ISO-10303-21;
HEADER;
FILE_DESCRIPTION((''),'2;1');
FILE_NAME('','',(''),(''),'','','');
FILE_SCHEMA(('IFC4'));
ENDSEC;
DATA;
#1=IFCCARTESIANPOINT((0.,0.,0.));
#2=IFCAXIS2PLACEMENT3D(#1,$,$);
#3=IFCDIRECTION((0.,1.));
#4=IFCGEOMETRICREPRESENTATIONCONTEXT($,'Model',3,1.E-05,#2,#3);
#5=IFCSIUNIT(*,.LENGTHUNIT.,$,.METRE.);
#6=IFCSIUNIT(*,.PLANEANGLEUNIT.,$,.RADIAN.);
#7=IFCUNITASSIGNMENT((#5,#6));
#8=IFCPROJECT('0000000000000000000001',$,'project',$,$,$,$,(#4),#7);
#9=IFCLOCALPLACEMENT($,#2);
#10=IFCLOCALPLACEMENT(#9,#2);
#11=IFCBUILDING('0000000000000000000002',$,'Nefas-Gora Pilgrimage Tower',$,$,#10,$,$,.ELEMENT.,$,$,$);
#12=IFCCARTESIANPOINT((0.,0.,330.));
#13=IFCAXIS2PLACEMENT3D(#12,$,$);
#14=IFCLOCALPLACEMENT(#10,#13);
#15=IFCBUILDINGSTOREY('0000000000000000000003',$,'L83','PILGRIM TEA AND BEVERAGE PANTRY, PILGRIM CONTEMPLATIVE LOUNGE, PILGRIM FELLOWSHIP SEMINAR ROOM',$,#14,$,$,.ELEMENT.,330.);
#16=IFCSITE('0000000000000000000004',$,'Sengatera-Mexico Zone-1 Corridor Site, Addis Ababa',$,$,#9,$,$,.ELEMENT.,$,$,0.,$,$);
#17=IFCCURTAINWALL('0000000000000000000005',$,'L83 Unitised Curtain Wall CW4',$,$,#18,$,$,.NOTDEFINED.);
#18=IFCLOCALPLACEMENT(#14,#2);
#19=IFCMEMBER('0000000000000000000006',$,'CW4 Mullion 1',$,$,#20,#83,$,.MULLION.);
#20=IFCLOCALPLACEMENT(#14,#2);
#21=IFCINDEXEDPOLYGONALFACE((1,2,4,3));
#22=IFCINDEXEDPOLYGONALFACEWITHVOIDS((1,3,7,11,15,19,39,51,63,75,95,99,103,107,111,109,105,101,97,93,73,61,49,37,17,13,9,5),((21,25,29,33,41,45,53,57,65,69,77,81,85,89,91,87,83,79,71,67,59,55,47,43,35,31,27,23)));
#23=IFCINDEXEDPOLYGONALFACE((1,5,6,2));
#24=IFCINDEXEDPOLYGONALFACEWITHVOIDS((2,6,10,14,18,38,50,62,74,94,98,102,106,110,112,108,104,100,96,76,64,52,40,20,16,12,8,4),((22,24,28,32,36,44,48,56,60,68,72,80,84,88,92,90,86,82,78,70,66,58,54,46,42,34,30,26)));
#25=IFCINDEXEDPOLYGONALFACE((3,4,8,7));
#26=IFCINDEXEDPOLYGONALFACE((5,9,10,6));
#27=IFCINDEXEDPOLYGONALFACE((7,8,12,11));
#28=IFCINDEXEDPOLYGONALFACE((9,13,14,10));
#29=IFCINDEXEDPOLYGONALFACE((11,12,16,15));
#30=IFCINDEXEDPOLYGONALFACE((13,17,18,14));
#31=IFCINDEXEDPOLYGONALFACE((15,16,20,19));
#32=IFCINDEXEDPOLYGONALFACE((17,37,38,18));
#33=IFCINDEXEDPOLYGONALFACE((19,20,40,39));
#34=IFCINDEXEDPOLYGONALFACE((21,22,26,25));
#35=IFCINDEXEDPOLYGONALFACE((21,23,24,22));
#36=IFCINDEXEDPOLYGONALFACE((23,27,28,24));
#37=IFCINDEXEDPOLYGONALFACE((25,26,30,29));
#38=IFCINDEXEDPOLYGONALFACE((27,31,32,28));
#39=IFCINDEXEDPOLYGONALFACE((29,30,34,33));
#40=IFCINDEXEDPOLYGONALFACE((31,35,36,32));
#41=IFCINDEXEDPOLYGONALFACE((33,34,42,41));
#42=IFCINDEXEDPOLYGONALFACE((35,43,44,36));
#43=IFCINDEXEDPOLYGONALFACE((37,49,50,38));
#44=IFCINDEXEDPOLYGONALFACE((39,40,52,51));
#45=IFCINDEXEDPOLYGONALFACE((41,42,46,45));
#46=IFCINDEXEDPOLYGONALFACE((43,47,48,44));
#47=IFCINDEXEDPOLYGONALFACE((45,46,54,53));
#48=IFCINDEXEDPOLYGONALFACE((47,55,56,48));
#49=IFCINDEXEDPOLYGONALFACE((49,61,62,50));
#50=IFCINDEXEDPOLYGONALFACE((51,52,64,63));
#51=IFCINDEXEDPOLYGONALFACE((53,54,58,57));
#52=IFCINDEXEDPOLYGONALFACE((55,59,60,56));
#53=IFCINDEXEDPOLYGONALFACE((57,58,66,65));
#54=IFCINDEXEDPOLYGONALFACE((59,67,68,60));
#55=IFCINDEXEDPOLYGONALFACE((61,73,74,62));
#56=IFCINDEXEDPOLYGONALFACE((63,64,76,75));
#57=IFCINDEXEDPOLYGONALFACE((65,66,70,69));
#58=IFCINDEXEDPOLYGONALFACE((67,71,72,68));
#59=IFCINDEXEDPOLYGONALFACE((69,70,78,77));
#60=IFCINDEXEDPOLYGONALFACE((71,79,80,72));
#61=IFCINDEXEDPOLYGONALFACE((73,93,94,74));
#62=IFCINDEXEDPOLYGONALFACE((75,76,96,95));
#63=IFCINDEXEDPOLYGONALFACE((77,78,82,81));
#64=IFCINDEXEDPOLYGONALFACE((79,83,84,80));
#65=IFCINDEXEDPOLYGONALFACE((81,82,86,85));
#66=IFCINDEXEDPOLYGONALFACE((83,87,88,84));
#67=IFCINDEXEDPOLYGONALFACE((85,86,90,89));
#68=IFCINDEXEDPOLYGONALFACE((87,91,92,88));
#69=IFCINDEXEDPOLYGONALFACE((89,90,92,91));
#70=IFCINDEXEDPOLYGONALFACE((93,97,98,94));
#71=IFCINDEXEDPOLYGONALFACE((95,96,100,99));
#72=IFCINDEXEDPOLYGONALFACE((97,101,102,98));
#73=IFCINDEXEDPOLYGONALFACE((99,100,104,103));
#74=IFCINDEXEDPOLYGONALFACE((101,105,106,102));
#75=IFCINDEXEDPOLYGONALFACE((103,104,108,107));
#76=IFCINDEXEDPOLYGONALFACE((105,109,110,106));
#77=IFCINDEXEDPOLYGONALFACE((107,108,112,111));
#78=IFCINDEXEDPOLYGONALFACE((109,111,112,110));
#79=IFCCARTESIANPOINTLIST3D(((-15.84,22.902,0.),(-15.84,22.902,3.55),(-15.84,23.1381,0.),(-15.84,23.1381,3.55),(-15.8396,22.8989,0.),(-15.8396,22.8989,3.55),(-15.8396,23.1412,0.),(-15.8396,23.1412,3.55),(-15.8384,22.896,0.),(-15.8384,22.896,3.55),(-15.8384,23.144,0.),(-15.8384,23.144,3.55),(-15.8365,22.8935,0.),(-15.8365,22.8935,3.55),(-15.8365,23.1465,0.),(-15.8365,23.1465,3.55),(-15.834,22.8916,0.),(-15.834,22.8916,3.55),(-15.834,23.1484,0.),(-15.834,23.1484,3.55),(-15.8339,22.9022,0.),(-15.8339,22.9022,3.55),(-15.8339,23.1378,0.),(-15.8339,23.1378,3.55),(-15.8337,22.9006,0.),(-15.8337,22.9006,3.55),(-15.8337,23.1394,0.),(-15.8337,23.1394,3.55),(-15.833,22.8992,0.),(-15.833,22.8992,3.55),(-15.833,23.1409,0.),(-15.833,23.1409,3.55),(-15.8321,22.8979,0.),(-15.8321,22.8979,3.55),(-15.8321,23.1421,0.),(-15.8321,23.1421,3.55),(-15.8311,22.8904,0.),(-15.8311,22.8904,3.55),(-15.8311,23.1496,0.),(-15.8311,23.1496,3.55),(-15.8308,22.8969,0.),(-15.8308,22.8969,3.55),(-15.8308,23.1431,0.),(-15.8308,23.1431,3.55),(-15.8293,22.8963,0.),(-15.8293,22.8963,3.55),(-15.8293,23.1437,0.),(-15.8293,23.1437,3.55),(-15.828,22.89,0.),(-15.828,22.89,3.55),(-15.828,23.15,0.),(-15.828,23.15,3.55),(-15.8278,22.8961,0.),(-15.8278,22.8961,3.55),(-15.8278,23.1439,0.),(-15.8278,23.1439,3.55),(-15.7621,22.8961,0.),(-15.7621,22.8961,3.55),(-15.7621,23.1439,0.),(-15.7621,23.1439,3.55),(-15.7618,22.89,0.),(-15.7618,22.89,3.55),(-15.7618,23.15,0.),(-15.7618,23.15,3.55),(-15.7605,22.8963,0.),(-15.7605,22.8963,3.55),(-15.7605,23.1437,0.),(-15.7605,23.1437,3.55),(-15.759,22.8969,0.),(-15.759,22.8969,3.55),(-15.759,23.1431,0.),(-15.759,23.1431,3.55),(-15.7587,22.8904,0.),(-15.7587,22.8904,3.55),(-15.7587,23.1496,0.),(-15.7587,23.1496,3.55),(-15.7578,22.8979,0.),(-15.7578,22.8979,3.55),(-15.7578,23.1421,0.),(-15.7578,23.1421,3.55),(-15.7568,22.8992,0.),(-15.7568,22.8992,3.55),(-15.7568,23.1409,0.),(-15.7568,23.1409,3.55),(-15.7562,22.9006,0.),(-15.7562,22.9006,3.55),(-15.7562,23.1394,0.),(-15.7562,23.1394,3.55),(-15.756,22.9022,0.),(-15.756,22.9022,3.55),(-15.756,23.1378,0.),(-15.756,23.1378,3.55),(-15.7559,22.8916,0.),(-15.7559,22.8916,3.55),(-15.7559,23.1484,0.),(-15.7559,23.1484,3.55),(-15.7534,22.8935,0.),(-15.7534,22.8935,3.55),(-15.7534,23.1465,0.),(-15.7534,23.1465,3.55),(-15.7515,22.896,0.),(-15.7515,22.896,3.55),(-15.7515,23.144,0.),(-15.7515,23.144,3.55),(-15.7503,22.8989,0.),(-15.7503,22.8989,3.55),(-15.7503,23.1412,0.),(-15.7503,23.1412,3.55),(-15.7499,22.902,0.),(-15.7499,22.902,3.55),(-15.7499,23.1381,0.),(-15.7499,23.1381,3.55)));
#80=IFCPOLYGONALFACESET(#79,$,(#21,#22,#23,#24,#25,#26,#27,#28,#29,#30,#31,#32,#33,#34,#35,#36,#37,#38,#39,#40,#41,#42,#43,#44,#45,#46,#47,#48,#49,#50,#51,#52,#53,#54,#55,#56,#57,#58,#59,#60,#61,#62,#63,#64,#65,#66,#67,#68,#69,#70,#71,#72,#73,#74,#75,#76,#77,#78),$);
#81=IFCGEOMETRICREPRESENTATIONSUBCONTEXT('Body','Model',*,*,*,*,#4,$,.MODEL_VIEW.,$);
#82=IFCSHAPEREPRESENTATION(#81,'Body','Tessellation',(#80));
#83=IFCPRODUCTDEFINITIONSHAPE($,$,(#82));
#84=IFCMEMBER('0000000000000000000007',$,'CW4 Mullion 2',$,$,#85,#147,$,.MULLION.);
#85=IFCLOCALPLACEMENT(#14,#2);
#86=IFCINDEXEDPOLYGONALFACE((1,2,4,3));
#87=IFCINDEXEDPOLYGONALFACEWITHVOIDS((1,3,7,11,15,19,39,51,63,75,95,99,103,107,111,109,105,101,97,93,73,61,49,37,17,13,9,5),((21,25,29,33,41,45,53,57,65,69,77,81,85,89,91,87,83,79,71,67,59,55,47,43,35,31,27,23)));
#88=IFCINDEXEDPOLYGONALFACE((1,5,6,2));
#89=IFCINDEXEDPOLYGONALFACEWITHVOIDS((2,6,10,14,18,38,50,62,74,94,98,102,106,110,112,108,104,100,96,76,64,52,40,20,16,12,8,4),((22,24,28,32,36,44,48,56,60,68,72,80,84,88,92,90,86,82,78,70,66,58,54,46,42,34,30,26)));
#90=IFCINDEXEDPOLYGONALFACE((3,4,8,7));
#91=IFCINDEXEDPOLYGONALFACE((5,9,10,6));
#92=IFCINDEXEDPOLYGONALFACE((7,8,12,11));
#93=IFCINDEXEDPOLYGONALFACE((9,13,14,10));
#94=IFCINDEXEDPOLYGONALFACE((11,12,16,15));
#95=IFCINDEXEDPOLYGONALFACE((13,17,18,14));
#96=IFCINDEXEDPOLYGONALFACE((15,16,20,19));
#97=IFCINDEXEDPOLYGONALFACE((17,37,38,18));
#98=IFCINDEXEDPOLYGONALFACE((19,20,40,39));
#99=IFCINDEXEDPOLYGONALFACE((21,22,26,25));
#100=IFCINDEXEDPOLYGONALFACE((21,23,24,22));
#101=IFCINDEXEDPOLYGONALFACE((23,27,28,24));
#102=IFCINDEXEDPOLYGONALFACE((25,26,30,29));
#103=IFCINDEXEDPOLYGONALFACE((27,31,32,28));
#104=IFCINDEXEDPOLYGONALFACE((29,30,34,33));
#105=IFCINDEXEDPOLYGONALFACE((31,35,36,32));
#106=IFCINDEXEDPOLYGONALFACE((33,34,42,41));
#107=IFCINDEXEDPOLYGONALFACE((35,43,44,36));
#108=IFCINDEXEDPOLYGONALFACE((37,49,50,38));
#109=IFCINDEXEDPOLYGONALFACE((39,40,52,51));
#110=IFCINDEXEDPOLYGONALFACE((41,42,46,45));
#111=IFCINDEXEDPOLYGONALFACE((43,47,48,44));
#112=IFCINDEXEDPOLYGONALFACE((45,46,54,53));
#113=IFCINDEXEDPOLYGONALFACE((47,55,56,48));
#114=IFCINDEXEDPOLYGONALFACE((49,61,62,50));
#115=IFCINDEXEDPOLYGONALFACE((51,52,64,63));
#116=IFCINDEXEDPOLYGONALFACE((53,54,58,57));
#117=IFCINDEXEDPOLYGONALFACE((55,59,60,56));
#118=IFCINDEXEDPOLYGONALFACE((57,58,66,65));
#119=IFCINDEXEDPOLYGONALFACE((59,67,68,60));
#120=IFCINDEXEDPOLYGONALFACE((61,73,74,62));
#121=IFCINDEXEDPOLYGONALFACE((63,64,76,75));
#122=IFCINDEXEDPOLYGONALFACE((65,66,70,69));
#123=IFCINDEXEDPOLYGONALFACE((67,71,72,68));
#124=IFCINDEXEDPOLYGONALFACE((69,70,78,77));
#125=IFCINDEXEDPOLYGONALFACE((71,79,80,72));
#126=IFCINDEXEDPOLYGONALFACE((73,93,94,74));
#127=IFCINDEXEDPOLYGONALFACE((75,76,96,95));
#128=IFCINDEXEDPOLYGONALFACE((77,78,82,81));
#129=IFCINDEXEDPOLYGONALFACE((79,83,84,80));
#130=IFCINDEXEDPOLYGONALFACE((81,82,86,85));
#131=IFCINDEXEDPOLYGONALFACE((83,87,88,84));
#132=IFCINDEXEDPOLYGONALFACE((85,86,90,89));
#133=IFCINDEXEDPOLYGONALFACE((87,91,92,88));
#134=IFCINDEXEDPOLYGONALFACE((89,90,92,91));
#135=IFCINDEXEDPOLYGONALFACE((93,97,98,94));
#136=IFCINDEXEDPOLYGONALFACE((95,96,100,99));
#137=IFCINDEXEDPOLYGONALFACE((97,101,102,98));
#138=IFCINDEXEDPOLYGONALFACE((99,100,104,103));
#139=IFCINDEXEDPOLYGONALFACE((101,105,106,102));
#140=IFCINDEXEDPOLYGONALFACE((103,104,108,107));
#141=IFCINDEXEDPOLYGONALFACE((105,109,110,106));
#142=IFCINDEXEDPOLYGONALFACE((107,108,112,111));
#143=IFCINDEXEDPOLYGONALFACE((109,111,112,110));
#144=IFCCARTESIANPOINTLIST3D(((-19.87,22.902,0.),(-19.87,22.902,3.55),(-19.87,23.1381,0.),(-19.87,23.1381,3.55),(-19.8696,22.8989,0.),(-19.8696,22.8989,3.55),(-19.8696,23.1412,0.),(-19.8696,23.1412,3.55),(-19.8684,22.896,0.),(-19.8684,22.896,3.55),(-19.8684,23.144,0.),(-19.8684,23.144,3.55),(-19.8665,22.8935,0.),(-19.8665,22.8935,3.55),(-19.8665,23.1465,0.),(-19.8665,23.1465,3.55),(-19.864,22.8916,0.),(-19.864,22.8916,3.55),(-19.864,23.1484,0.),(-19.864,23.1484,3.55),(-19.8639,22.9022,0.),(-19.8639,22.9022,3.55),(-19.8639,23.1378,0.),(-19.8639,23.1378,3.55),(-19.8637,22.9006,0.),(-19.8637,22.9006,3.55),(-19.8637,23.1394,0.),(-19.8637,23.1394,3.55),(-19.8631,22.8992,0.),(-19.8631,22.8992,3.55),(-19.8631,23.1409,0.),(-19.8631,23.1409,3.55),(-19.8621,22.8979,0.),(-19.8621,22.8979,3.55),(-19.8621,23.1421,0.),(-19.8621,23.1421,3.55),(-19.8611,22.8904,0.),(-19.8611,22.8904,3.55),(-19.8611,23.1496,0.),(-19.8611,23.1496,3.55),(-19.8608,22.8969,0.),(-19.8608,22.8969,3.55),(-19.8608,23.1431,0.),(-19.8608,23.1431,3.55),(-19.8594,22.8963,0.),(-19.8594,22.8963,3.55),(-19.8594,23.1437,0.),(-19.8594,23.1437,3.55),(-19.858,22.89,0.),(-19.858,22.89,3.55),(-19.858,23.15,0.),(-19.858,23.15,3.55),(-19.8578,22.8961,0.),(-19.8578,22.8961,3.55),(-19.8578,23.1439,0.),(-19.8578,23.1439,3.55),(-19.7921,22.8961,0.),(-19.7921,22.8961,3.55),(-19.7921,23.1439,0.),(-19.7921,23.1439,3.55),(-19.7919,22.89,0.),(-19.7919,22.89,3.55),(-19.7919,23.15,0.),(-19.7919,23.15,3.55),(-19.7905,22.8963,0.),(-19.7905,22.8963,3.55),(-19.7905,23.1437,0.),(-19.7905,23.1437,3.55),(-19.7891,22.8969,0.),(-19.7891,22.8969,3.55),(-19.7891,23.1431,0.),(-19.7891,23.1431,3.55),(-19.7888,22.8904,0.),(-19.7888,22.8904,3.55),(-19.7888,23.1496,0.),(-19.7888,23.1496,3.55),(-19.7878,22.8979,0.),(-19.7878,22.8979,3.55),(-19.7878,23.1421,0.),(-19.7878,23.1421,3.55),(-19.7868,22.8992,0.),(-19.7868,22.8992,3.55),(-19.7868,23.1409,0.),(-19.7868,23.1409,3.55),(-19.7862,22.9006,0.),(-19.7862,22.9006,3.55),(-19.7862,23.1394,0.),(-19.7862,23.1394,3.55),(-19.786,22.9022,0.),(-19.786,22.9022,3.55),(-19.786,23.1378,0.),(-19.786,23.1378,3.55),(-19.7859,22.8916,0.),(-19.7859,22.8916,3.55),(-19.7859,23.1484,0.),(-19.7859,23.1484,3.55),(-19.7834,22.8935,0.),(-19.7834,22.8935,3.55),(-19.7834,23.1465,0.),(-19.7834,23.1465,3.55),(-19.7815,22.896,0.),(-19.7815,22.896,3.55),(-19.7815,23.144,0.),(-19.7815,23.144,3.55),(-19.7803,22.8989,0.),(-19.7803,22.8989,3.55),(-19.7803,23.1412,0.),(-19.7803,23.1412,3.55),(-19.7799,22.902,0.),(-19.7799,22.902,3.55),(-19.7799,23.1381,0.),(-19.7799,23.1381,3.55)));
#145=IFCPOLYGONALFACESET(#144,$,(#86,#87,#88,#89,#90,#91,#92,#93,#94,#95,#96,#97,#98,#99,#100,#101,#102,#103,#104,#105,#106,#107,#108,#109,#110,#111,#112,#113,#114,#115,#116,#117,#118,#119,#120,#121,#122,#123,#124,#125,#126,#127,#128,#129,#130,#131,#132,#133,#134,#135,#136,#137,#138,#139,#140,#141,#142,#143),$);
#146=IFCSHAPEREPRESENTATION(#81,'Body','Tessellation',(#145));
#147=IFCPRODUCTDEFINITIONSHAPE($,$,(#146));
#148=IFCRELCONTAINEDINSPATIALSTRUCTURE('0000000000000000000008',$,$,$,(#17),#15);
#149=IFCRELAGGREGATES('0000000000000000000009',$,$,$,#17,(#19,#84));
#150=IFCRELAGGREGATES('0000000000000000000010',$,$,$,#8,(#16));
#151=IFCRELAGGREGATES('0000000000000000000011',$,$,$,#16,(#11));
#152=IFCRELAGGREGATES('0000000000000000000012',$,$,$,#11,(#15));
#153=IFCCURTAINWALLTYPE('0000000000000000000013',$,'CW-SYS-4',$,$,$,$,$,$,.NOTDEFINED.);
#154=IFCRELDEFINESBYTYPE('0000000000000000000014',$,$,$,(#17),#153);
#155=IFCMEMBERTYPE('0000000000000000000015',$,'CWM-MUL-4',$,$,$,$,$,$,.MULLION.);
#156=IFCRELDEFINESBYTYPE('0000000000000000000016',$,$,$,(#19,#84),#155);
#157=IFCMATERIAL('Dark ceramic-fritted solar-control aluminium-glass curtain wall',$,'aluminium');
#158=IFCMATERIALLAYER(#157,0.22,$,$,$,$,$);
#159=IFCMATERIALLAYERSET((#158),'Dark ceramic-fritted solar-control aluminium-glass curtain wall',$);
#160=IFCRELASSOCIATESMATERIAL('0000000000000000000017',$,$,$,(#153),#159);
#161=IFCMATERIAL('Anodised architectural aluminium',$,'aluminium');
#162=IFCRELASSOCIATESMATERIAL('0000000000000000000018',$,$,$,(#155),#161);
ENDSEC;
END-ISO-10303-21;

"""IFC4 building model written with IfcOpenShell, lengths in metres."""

from ifc_helpers import new_model, si_unit, direction, frame, origin, origin_2d, place, context, subcontext, project, spatial, hollow_rectangle, extrude, source, transform, mapped, material, layer, layer_set, material_profile, profile_set, type_object, element, aggregate, save


model = new_model("IFC4")

# Units and contexts
model_context = context("Model", 3, precision=1e-05, world=origin(), true_north=direction((0.0, 1.0)))
body_context = subcontext(model_context, "Body", "Model", "MODEL_VIEW")
ifc_project = project(units=[si_unit("LENGTHUNIT", "METRE"), si_unit("PLANEANGLEUNIT", "RADIAN")], contexts=[model_context])

# Site, building, storey
site_placement = place(None, origin())
site = spatial("IfcSite", under=ifc_project, at=site_placement, Name="Sengatera-Mexico Zone-1 Corridor Site, Addis Ababa", CompositionType="ELEMENT", RefElevation=0.0)
building_placement = place(site_placement, origin())
building = spatial("IfcBuilding", under=site, at=building_placement, Name="Nefas-Gora Pilgrimage Tower", CompositionType="ELEMENT")
storey_placement = place(building_placement, frame((0.0, 0.0, 330.0)))
storey = spatial("IfcBuildingStorey", under=building, at=storey_placement, Name="L83", Description="PILGRIM TEA AND BEVERAGE PANTRY, PILGRIM CONTEMPLATIVE LOUNGE, PILGRIM FELLOWSHIP SEMINAR ROOM", CompositionType="ELEMENT", Elevation=330.0)

# Shared definitions
ifc_material_1 = material(Name="Dark ceramic-fritted solar-control aluminium-glass curtain wall", Category="aluminium")
ifc_material_2 = material(Name="Anodised architectural aluminium", Category="aluminium")

# Curtain wall, members
ifc_layer_1 = layer(ifc_material_1, 0.22)
ifc_layer_set_1 = layer_set([ifc_layer_1], Name="Dark ceramic-fritted solar-control aluminium-glass curtain wall")
curtain_wall_type_1 = type_object("IfcCurtainWallType", Name="CW-SYS-4", PredefinedType="NOTDEFINED", material=ifc_layer_set_1)
curtain_wall_1_placement = place(storey_placement, origin())
curtain_wall_1 = element("IfcCurtainWall", 1, at=curtain_wall_1_placement, inside=storey, type_object=curtain_wall_type_1, Name="L83 Unitised Curtain Wall CW4", PredefinedType="NOTDEFINED")
ifc_material_profile_1 = material_profile(ifc_material_2, hollow_rectangle(XDim=0.0901, YDim=0.26, WallThickness=0.0061, InnerFilletRadius=0.0061, OuterFilletRadius=0.012, at=origin_2d()), Name="ALU MULLION 90x260")
ifc_profile_set_1 = profile_set([ifc_material_profile_1], Name="Anodised architectural aluminium")
member_type_1 = type_object("IfcMemberType", Name="CWM-MUL-4", PredefinedType="MULLION", material=ifc_profile_set_1)
shared_shape_1 = source(origin(), body_context, "Body", "SweptSolid", [
    extrude(hollow_rectangle(XDim=0.0901, YDim=0.26, WallThickness=0.0061, InnerFilletRadius=0.0061, OuterFilletRadius=0.012, at=origin_2d()), origin(), (0.0, 0.0, 1.0), 3.55),
])
member_1_placement = place(storey_placement, frame((-15.7949, 23.02, 0.0), z_axis=(0.0, 0.0, 1.0), x_axis=(-1.0, 0.0, 0.0)))
member_1 = element("IfcMember", 2, at=member_1_placement, type_object=member_type_1, Name="CW4 Mullion 1", PredefinedType="MULLION", context=body_context, shape_type="MappedRepresentation", body=[
    mapped(shared_shape_1, transform((0.0, 0.0, 0.0), x_axis=(1.0, 0.0, 0.0), y_axis=(0.0, 1.0, 0.0), z_axis=(0.0, 0.0, 1.0), scale=1.0)),
])
member_2_placement = place(storey_placement, frame((-19.825, 23.02, 0.0), z_axis=(0.0, 0.0, 1.0), x_axis=(-1.0, 0.0, 0.0)))
member_2 = element("IfcMember", 3, at=member_2_placement, type_object=member_type_1, Name="CW4 Mullion 2", PredefinedType="MULLION", context=body_context, shape_type="MappedRepresentation", body=[
    mapped(shared_shape_1, transform((0.0, 0.0, 0.0), x_axis=(1.0, 0.0, 0.0), y_axis=(0.0, 1.0, 0.0), z_axis=(0.0, 0.0, 1.0), scale=1.0)),
])

aggregate(curtain_wall_1, [member_1, member_2])

save(model, "model.ifc")
